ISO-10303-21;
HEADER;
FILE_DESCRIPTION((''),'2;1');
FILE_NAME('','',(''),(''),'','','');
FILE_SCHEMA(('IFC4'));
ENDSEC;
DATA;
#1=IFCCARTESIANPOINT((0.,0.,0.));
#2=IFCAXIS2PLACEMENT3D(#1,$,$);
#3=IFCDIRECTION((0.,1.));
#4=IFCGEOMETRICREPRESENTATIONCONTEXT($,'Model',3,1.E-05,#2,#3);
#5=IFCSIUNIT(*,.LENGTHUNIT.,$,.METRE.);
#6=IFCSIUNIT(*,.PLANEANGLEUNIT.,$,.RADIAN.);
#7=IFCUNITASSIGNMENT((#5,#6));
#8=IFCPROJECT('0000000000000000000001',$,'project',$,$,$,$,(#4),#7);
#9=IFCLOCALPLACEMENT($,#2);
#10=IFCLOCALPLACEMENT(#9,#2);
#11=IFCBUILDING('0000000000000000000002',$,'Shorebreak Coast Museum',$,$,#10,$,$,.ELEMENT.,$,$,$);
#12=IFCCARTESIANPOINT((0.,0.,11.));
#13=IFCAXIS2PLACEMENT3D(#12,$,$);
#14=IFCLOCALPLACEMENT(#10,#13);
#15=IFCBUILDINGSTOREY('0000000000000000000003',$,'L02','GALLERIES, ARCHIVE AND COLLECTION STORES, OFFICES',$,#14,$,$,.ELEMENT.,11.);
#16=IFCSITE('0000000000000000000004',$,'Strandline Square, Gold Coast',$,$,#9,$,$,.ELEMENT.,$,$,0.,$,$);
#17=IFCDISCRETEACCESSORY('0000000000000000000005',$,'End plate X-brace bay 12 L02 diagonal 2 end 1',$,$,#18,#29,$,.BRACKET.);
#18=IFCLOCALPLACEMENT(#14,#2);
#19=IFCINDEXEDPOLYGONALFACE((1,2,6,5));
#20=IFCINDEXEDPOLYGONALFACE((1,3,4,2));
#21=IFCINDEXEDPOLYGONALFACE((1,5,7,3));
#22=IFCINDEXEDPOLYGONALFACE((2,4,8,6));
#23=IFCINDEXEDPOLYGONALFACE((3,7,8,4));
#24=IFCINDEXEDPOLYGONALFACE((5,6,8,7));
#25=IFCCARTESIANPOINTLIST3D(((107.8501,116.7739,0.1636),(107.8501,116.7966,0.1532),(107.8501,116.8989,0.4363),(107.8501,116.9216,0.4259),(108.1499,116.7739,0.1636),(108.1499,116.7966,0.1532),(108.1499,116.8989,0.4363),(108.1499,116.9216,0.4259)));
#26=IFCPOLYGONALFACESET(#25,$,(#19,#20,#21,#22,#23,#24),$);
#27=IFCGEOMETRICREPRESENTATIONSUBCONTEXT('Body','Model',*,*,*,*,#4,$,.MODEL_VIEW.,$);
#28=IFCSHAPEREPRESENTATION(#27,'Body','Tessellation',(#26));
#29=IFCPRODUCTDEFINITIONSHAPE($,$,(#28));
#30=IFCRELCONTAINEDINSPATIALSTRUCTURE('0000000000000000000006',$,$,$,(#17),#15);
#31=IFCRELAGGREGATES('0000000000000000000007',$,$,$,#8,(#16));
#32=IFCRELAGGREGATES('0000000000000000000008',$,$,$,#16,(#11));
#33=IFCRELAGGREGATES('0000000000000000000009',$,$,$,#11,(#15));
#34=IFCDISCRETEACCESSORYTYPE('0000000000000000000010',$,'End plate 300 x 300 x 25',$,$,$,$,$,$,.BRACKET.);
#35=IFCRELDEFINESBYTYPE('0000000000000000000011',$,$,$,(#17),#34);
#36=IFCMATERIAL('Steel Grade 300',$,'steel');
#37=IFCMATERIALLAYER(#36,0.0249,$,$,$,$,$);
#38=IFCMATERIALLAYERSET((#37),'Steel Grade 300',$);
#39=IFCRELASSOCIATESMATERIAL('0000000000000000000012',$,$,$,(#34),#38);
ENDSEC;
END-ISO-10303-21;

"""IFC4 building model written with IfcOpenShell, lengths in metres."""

from ifc_helpers import new_model, si_unit, direction, frame, origin, place, context, subcontext, project, spatial, polyline, outline, extrude, material, layer, layer_set, type_object, element, save


model = new_model("IFC4")

# Units and contexts
model_context = context("Model", 3, precision=1e-05, world=origin(), true_north=direction((0.0, 1.0)))
body_context = subcontext(model_context, "Body", "Model", "MODEL_VIEW")
ifc_project = project(units=[si_unit("LENGTHUNIT", "METRE"), si_unit("PLANEANGLEUNIT", "RADIAN")], contexts=[model_context])

# Site, building, storey
site_placement = place(None, origin())
site = spatial("IfcSite", under=ifc_project, at=site_placement, Name="Strandline Square, Gold Coast", CompositionType="ELEMENT", RefElevation=0.0)
building_placement = place(site_placement, origin())
building = spatial("IfcBuilding", under=site, at=building_placement, Name="Shorebreak Coast Museum", CompositionType="ELEMENT")
storey_placement = place(building_placement, frame((0.0, 0.0, 11.0)))
storey = spatial("IfcBuildingStorey", under=building, at=storey_placement, Name="L02", Description="GALLERIES, ARCHIVE AND COLLECTION STORES, OFFICES", CompositionType="ELEMENT", Elevation=11.0)

# Discrete accessory
ifc_material_1 = material(Name="Steel Grade 300", Category="steel")
ifc_layer_1 = layer(ifc_material_1, 0.0249)
ifc_layer_set_1 = layer_set([ifc_layer_1], Name="Steel Grade 300")
discrete_accessory_type = type_object("IfcDiscreteAccessoryType", Name="End plate 300 x 300 x 25", PredefinedType="BRACKET", material=ifc_layer_set_1)
discrete_accessory_placement = place(storey_placement, frame((107.8501, 116.7739, 0.1636), z_axis=(0.0, -0.909052, 0.416683), x_axis=(1.0, 0.0, 0.0)))
element("IfcDiscreteAccessory", 1, at=discrete_accessory_placement, inside=storey, type_object=discrete_accessory_type, Name="End plate X-brace bay 12 L02 diagonal 2 end 1", PredefinedType="BRACKET", context=body_context, shape_type="SweptSolid", body=[
    extrude(outline(polyline([(0.0, 0.0), (0.2998, 0.0), (0.2998, 0.3), (0.0, 0.3), (0.0, 0.0)])), origin(), (0.0, 0.0, -1.0), 0.0249),
])

save(model, "model.ifc")
